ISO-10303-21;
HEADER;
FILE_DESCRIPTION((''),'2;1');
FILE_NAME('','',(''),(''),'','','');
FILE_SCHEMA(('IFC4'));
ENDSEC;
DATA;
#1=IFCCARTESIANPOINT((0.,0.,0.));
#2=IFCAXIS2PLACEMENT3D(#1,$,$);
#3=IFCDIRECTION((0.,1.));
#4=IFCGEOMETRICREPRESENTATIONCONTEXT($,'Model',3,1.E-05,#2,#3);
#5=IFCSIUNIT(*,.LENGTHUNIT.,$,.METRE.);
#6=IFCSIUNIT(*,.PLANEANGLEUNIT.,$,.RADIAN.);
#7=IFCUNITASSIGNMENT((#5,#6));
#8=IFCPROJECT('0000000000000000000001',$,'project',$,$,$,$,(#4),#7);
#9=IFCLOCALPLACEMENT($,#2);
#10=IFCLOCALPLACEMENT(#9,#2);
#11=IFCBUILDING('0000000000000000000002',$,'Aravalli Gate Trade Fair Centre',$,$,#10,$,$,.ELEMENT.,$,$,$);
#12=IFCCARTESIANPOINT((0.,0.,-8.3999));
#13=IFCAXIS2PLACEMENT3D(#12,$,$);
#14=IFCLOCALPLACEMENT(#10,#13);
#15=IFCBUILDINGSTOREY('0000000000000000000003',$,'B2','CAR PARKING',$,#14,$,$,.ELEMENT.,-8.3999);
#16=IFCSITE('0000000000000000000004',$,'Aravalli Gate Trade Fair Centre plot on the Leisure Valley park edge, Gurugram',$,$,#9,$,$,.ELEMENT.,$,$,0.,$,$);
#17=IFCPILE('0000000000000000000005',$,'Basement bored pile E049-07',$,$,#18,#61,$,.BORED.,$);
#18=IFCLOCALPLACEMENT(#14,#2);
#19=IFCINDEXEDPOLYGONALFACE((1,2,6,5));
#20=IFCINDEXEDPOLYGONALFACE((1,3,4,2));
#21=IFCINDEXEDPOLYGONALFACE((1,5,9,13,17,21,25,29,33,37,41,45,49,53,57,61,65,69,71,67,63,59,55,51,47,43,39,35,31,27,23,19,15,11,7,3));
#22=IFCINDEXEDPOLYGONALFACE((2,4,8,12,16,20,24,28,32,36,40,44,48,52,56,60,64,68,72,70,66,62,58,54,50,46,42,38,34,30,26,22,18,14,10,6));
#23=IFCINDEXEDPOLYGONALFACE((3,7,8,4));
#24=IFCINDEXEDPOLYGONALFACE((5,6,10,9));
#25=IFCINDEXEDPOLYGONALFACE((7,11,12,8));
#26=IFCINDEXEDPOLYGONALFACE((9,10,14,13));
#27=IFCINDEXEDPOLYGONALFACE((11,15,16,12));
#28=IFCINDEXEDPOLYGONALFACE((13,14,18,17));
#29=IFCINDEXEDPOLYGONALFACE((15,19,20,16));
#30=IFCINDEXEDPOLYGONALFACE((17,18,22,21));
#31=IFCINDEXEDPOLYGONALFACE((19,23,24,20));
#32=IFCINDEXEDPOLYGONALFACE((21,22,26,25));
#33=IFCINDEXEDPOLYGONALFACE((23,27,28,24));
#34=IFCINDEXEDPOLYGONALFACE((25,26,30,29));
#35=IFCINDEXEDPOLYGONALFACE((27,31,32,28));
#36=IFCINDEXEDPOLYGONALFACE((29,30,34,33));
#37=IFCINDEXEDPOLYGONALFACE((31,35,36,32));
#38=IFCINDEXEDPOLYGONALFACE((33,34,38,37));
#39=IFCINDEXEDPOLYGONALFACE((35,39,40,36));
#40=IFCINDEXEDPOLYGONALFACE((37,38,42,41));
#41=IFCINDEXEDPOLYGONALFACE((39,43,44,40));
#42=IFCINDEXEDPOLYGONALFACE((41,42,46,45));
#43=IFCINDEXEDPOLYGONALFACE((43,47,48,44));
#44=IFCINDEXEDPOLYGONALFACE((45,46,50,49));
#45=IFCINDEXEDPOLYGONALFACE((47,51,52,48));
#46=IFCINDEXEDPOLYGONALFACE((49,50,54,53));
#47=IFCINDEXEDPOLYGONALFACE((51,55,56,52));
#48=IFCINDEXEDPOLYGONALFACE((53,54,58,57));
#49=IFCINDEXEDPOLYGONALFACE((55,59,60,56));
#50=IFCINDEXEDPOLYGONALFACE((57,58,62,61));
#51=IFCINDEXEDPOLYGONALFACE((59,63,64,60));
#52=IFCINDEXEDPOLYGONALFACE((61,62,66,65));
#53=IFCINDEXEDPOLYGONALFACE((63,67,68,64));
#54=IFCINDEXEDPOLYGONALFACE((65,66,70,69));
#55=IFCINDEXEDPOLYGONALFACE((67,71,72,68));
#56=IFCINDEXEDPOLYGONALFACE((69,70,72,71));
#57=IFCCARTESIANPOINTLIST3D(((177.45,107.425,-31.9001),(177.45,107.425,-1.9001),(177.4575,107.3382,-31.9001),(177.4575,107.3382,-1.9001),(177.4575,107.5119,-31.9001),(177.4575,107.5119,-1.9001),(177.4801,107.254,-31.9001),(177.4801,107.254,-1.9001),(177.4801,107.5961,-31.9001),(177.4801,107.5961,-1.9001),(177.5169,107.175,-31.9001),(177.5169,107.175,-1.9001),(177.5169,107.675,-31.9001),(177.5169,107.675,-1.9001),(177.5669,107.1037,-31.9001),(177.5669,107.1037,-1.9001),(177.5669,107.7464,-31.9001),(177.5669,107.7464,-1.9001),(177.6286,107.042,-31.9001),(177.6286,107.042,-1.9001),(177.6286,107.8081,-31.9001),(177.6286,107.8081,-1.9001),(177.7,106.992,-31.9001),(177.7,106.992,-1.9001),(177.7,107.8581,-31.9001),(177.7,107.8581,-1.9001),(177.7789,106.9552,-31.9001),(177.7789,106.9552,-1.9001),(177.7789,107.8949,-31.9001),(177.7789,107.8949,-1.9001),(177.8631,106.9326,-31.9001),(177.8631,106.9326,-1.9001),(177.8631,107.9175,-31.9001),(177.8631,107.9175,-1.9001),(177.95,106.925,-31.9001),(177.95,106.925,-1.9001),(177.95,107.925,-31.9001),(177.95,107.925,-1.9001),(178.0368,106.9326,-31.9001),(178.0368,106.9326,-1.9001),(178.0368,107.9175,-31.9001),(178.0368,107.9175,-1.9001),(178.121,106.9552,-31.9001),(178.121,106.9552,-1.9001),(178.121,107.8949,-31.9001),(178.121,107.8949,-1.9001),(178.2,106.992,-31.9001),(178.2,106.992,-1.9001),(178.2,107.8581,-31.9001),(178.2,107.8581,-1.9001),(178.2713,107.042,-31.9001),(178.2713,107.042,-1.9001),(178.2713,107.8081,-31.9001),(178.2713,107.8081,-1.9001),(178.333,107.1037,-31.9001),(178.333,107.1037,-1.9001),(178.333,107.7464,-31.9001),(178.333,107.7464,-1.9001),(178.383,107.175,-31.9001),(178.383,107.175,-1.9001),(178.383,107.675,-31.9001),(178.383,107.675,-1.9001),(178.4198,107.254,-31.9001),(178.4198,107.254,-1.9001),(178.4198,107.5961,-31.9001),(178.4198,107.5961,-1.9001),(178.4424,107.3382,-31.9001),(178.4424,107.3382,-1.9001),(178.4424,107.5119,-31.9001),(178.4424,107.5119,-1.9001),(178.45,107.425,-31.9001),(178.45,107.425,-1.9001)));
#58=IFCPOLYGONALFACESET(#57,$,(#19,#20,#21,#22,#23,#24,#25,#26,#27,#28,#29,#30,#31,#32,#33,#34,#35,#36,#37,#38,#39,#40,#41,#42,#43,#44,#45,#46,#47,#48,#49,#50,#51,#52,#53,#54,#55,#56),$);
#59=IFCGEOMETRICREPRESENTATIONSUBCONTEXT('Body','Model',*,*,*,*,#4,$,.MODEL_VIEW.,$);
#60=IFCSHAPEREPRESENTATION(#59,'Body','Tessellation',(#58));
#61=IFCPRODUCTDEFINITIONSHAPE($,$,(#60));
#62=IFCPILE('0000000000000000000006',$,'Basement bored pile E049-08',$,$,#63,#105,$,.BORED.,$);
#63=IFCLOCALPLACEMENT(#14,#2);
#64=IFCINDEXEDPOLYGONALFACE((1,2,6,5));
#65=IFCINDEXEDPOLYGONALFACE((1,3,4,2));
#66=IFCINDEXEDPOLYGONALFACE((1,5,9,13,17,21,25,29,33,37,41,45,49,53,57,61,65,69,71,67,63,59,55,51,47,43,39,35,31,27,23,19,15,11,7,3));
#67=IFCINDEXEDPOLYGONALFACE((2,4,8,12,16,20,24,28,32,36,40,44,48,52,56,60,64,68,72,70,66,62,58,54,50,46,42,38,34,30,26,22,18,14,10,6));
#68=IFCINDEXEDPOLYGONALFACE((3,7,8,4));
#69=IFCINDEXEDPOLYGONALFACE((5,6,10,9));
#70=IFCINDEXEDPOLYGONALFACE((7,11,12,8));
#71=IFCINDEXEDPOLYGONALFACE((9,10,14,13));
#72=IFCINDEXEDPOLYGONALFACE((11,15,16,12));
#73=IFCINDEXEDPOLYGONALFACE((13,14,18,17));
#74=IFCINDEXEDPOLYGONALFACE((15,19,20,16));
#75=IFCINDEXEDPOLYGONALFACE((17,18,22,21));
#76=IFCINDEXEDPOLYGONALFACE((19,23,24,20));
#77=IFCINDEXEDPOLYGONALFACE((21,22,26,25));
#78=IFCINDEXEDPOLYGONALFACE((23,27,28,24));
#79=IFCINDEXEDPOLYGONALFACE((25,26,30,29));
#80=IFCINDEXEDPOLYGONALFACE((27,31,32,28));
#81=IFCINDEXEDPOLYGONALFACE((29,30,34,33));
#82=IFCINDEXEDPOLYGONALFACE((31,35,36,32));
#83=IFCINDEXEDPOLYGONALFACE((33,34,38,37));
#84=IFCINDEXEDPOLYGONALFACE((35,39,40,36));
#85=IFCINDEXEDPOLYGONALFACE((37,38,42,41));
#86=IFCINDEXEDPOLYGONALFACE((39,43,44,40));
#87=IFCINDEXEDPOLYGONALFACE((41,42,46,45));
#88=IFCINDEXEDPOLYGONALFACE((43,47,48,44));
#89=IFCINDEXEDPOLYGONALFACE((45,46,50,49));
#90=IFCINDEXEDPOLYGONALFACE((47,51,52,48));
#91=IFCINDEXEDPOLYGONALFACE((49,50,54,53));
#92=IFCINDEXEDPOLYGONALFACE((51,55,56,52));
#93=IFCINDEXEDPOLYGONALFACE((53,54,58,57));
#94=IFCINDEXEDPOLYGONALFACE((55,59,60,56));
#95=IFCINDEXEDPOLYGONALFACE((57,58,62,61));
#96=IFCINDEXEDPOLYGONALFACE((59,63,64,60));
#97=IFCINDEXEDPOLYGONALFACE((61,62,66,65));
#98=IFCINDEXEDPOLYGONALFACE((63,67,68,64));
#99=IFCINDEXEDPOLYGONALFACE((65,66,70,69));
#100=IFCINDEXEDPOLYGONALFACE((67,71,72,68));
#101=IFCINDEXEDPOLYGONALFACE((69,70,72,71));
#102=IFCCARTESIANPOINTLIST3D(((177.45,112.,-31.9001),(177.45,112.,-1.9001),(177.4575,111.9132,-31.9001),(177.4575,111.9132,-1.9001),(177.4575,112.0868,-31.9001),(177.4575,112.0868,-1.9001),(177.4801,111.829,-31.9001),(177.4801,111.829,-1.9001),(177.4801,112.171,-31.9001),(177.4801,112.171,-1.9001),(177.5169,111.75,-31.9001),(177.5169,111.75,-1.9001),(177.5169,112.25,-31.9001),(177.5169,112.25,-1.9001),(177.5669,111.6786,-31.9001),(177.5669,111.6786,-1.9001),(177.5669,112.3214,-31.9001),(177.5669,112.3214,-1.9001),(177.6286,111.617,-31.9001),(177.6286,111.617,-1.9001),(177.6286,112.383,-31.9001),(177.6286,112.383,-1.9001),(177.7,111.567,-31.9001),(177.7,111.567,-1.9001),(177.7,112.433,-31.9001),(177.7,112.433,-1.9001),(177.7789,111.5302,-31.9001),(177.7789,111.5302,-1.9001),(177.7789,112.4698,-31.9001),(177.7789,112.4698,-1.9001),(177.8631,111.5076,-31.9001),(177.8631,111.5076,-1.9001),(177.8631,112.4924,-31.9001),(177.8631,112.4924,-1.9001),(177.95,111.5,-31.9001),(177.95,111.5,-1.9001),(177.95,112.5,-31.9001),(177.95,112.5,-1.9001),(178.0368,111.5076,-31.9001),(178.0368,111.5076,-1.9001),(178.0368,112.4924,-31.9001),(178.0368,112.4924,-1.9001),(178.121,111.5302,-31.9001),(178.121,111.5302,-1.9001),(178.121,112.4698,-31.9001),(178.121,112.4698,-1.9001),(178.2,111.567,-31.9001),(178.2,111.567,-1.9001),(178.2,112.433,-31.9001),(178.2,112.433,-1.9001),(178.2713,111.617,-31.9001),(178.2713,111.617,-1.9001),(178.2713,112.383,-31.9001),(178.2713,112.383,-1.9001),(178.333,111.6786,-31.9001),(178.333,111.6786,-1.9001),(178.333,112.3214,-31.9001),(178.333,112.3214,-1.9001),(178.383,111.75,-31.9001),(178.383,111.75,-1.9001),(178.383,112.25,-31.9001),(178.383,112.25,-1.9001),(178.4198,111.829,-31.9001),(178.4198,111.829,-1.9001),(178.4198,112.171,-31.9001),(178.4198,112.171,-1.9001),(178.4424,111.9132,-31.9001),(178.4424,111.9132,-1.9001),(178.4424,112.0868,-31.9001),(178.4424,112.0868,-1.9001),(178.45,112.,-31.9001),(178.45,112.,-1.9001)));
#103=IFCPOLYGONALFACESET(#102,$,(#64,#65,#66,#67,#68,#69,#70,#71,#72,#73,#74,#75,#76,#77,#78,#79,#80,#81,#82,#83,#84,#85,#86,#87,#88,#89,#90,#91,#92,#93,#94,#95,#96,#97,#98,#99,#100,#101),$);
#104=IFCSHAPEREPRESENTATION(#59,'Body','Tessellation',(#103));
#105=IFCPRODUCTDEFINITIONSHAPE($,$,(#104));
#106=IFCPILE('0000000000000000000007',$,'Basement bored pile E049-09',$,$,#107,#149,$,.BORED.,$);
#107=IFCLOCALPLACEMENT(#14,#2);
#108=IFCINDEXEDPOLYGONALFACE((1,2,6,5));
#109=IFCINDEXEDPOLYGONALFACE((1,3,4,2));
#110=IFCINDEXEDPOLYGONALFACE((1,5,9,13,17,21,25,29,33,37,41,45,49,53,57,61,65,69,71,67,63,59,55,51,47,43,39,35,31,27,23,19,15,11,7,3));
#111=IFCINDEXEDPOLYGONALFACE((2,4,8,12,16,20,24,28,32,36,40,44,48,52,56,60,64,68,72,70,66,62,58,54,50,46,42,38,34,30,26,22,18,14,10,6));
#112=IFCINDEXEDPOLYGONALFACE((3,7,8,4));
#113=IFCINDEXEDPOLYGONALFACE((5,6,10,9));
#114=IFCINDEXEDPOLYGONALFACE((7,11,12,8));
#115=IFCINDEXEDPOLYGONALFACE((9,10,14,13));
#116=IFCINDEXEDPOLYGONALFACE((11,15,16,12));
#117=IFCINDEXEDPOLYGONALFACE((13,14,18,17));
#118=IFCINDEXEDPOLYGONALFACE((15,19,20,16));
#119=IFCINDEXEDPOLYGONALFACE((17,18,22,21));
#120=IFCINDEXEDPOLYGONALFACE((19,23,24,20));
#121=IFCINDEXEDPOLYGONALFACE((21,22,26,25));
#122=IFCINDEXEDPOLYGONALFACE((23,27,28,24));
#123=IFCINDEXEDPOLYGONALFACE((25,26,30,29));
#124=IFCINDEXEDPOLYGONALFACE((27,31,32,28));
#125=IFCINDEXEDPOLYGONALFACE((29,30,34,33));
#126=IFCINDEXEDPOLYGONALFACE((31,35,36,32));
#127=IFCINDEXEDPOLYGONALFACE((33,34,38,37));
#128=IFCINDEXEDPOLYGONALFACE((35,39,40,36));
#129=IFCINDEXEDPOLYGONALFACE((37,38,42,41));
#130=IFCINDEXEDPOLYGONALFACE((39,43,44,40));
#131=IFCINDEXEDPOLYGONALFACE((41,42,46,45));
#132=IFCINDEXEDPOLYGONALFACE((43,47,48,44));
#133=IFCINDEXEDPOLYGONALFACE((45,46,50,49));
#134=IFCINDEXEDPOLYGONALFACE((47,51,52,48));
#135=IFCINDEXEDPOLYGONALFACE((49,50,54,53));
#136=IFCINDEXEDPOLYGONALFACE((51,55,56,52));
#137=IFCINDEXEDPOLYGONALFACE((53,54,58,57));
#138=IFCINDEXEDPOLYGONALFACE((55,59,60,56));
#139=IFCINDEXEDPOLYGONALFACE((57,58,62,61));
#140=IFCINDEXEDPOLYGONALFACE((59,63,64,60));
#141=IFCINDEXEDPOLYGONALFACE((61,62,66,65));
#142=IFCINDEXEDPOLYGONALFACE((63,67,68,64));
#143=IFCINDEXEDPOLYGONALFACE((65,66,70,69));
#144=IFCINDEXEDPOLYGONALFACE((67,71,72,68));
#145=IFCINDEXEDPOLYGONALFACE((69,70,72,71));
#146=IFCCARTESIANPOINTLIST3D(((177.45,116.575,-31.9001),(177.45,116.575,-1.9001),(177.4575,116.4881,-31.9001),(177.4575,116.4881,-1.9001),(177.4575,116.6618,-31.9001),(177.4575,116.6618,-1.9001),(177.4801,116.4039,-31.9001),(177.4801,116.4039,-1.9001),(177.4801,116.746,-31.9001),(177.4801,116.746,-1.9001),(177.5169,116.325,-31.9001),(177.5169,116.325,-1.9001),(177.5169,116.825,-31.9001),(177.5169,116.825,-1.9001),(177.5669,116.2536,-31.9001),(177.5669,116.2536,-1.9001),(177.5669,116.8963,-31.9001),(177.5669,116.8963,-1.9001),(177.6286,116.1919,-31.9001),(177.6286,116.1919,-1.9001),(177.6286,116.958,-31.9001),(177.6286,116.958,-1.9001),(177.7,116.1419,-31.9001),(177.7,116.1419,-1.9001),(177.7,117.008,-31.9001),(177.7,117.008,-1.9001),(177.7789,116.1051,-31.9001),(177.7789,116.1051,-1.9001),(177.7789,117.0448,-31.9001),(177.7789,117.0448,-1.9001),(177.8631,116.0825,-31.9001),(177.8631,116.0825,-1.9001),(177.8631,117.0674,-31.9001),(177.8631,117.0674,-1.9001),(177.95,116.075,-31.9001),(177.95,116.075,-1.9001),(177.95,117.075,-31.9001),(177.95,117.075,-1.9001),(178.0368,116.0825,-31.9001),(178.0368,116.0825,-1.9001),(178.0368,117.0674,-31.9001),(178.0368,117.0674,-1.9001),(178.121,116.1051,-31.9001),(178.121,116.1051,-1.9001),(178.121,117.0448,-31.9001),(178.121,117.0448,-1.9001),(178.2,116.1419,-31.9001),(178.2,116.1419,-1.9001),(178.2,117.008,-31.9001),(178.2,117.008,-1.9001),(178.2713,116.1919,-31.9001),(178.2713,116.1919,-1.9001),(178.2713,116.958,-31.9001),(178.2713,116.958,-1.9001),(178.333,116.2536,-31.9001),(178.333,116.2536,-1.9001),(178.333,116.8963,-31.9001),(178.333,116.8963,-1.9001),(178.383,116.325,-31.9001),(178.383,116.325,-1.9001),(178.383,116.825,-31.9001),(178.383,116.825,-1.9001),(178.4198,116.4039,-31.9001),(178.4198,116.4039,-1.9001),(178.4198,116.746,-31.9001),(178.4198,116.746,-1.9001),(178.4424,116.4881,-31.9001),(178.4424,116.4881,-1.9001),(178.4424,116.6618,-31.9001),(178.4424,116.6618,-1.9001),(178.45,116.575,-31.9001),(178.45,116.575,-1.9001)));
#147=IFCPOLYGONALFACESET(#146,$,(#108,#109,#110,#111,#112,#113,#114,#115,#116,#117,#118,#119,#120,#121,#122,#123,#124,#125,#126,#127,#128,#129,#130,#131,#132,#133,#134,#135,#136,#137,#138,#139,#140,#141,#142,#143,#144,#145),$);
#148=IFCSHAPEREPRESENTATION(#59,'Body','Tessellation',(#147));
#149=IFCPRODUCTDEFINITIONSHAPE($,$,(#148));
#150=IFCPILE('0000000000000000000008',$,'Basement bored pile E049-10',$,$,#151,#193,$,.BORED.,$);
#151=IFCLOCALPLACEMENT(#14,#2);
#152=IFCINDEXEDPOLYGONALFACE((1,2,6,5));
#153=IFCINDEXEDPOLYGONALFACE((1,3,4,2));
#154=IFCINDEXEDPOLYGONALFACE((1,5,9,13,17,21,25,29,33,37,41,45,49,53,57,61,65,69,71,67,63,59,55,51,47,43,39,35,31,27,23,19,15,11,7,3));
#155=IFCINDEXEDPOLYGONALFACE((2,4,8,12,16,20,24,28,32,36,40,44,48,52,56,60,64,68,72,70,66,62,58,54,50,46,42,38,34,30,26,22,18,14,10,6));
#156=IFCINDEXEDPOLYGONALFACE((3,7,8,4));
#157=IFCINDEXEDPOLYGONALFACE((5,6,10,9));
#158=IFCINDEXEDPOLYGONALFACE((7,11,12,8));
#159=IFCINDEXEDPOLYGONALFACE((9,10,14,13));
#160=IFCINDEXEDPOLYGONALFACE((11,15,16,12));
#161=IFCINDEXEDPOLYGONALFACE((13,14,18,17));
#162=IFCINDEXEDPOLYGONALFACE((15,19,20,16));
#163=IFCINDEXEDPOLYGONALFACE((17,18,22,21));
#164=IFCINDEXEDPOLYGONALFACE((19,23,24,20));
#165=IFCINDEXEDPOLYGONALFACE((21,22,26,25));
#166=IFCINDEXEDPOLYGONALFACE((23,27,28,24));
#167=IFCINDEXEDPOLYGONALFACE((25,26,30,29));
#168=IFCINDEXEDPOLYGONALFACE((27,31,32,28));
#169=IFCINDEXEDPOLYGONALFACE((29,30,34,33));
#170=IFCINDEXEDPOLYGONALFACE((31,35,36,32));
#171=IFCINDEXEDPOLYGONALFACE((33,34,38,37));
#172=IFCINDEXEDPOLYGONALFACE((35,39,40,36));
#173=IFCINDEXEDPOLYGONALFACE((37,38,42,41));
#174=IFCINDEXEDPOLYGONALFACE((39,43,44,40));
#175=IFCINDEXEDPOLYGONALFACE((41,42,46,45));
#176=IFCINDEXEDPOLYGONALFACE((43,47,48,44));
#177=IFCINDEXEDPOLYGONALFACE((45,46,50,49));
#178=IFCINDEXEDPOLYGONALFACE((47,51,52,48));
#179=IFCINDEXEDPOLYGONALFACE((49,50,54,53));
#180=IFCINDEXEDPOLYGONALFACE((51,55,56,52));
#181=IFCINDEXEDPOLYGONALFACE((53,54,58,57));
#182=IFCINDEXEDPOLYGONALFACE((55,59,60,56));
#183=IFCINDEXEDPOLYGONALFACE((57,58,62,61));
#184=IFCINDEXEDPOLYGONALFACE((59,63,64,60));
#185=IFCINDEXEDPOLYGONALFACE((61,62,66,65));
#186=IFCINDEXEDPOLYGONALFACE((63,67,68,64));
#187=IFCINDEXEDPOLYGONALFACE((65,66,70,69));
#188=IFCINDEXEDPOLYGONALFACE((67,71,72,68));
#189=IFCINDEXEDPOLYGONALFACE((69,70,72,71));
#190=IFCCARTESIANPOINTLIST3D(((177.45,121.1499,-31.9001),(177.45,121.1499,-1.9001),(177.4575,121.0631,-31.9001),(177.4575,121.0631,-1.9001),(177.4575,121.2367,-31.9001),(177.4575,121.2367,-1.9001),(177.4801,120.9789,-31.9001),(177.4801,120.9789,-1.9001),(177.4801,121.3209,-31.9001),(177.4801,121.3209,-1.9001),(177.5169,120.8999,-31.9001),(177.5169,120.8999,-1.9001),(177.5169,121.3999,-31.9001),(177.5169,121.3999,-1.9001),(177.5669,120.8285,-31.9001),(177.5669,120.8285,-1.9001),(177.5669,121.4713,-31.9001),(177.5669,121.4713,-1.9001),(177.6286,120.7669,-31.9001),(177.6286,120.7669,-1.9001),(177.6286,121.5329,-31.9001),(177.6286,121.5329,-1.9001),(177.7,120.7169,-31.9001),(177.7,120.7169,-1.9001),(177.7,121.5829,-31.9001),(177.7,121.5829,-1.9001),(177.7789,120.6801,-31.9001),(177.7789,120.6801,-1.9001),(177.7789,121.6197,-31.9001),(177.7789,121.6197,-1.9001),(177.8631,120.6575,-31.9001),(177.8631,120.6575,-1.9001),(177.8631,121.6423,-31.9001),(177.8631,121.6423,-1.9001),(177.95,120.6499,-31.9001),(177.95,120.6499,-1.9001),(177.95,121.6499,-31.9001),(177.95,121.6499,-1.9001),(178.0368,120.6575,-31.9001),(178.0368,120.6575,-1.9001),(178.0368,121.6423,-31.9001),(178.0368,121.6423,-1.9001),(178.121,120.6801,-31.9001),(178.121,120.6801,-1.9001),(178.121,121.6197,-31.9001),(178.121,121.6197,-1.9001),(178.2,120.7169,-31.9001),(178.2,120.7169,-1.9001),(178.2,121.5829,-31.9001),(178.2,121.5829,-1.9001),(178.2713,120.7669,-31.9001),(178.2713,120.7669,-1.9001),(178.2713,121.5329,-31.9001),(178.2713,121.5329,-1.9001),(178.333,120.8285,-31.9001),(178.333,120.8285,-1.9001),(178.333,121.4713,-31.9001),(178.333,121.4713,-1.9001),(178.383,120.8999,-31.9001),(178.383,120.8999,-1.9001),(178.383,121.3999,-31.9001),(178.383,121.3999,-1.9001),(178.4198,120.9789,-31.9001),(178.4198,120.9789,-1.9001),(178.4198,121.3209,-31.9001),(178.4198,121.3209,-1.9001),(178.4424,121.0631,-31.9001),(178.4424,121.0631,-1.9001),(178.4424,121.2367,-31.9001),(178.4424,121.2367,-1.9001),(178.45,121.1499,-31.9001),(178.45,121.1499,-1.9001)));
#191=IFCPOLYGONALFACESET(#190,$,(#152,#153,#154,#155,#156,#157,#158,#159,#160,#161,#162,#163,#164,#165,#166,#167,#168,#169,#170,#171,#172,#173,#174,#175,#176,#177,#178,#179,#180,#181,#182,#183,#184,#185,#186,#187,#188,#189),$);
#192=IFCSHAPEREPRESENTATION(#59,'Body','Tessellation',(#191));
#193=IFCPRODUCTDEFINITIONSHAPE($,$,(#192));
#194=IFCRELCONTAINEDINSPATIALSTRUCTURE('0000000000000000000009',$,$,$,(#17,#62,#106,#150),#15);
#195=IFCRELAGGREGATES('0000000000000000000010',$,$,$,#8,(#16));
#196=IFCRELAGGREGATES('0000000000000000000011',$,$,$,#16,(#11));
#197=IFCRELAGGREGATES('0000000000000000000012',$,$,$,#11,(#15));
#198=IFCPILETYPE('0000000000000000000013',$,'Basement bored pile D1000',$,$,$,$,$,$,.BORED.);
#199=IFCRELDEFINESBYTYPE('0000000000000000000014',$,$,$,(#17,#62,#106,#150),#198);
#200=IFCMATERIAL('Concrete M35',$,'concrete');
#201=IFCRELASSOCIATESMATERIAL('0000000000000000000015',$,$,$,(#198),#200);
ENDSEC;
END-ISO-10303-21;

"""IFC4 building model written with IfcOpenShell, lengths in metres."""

from ifc_helpers import new_model, si_unit, direction, frame, origin, origin_2d, place, context, subcontext, project, spatial, circle, extrude, material, material_profile, profile_set, type_object, element, save


model = new_model("IFC4")

# Units and contexts
model_context = context("Model", 3, precision=1e-05, world=origin(), true_north=direction((0.0, 1.0)))
body_context = subcontext(model_context, "Body", "Model", "MODEL_VIEW")
ifc_project = project(units=[si_unit("LENGTHUNIT", "METRE"), si_unit("PLANEANGLEUNIT", "RADIAN")], contexts=[model_context])

# Site, building, storey
site_placement = place(None, origin())
site = spatial("IfcSite", under=ifc_project, at=site_placement, Name="Aravalli Gate Trade Fair Centre plot on the Leisure Valley park edge, Gurugram", CompositionType="ELEMENT", RefElevation=0.0)
building_placement = place(site_placement, origin())
building = spatial("IfcBuilding", under=site, at=building_placement, Name="Aravalli Gate Trade Fair Centre", CompositionType="ELEMENT")
storey_placement = place(building_placement, frame((0.0, 0.0, -8.3999)))
storey = spatial("IfcBuildingStorey", under=building, at=storey_placement, Name="B2", Description="CAR PARKING", CompositionType="ELEMENT", Elevation=-8.3999)

# Piles
ifc_material_1 = material(Name="Concrete M35", Category="concrete")
ifc_material_profile = material_profile(ifc_material_1, circle(Radius=0.5, at=origin_2d()), Name="D1000")
ifc_profile_set = profile_set([ifc_material_profile], Name="Concrete M35")
pile_type = type_object("IfcPileType", Name="Basement bored pile D1000", PredefinedType="BORED", material=ifc_profile_set)
for number, where, z_axis, x_axis, name in (
    (1, (177.95, 107.425, -1.9001), (0.0, 0.0, -1.0), (1.0, 0.0, 0.0), "Basement bored pile E049-07"),
    (2, (177.95, 112.0, -1.9001), (0.0, 0.0, -1.0), (1.0, 0.0, 0.0), "Basement bored pile E049-08"),
    (3, (177.95, 116.575, -1.9001), (0.0, 0.0, -1.0), (1.0, 0.0, 0.0), "Basement bored pile E049-09"),
    (4, (177.95, 121.1499, -1.9001), (0.0, 0.0, -1.0), (1.0, 0.0, 0.0), "Basement bored pile E049-10"),
):
    element("IfcPile", number, at=place(storey_placement, frame(where, z_axis=z_axis, x_axis=x_axis)), inside=storey, type_object=pile_type, Name=name, PredefinedType="BORED", context=body_context, shape_type="SweptSolid", body=[
        extrude(circle(Radius=0.5, at=origin_2d()), origin(), (0.0, 0.0, 1.0), 30.0),
    ])

save(model, "model.ifc")
